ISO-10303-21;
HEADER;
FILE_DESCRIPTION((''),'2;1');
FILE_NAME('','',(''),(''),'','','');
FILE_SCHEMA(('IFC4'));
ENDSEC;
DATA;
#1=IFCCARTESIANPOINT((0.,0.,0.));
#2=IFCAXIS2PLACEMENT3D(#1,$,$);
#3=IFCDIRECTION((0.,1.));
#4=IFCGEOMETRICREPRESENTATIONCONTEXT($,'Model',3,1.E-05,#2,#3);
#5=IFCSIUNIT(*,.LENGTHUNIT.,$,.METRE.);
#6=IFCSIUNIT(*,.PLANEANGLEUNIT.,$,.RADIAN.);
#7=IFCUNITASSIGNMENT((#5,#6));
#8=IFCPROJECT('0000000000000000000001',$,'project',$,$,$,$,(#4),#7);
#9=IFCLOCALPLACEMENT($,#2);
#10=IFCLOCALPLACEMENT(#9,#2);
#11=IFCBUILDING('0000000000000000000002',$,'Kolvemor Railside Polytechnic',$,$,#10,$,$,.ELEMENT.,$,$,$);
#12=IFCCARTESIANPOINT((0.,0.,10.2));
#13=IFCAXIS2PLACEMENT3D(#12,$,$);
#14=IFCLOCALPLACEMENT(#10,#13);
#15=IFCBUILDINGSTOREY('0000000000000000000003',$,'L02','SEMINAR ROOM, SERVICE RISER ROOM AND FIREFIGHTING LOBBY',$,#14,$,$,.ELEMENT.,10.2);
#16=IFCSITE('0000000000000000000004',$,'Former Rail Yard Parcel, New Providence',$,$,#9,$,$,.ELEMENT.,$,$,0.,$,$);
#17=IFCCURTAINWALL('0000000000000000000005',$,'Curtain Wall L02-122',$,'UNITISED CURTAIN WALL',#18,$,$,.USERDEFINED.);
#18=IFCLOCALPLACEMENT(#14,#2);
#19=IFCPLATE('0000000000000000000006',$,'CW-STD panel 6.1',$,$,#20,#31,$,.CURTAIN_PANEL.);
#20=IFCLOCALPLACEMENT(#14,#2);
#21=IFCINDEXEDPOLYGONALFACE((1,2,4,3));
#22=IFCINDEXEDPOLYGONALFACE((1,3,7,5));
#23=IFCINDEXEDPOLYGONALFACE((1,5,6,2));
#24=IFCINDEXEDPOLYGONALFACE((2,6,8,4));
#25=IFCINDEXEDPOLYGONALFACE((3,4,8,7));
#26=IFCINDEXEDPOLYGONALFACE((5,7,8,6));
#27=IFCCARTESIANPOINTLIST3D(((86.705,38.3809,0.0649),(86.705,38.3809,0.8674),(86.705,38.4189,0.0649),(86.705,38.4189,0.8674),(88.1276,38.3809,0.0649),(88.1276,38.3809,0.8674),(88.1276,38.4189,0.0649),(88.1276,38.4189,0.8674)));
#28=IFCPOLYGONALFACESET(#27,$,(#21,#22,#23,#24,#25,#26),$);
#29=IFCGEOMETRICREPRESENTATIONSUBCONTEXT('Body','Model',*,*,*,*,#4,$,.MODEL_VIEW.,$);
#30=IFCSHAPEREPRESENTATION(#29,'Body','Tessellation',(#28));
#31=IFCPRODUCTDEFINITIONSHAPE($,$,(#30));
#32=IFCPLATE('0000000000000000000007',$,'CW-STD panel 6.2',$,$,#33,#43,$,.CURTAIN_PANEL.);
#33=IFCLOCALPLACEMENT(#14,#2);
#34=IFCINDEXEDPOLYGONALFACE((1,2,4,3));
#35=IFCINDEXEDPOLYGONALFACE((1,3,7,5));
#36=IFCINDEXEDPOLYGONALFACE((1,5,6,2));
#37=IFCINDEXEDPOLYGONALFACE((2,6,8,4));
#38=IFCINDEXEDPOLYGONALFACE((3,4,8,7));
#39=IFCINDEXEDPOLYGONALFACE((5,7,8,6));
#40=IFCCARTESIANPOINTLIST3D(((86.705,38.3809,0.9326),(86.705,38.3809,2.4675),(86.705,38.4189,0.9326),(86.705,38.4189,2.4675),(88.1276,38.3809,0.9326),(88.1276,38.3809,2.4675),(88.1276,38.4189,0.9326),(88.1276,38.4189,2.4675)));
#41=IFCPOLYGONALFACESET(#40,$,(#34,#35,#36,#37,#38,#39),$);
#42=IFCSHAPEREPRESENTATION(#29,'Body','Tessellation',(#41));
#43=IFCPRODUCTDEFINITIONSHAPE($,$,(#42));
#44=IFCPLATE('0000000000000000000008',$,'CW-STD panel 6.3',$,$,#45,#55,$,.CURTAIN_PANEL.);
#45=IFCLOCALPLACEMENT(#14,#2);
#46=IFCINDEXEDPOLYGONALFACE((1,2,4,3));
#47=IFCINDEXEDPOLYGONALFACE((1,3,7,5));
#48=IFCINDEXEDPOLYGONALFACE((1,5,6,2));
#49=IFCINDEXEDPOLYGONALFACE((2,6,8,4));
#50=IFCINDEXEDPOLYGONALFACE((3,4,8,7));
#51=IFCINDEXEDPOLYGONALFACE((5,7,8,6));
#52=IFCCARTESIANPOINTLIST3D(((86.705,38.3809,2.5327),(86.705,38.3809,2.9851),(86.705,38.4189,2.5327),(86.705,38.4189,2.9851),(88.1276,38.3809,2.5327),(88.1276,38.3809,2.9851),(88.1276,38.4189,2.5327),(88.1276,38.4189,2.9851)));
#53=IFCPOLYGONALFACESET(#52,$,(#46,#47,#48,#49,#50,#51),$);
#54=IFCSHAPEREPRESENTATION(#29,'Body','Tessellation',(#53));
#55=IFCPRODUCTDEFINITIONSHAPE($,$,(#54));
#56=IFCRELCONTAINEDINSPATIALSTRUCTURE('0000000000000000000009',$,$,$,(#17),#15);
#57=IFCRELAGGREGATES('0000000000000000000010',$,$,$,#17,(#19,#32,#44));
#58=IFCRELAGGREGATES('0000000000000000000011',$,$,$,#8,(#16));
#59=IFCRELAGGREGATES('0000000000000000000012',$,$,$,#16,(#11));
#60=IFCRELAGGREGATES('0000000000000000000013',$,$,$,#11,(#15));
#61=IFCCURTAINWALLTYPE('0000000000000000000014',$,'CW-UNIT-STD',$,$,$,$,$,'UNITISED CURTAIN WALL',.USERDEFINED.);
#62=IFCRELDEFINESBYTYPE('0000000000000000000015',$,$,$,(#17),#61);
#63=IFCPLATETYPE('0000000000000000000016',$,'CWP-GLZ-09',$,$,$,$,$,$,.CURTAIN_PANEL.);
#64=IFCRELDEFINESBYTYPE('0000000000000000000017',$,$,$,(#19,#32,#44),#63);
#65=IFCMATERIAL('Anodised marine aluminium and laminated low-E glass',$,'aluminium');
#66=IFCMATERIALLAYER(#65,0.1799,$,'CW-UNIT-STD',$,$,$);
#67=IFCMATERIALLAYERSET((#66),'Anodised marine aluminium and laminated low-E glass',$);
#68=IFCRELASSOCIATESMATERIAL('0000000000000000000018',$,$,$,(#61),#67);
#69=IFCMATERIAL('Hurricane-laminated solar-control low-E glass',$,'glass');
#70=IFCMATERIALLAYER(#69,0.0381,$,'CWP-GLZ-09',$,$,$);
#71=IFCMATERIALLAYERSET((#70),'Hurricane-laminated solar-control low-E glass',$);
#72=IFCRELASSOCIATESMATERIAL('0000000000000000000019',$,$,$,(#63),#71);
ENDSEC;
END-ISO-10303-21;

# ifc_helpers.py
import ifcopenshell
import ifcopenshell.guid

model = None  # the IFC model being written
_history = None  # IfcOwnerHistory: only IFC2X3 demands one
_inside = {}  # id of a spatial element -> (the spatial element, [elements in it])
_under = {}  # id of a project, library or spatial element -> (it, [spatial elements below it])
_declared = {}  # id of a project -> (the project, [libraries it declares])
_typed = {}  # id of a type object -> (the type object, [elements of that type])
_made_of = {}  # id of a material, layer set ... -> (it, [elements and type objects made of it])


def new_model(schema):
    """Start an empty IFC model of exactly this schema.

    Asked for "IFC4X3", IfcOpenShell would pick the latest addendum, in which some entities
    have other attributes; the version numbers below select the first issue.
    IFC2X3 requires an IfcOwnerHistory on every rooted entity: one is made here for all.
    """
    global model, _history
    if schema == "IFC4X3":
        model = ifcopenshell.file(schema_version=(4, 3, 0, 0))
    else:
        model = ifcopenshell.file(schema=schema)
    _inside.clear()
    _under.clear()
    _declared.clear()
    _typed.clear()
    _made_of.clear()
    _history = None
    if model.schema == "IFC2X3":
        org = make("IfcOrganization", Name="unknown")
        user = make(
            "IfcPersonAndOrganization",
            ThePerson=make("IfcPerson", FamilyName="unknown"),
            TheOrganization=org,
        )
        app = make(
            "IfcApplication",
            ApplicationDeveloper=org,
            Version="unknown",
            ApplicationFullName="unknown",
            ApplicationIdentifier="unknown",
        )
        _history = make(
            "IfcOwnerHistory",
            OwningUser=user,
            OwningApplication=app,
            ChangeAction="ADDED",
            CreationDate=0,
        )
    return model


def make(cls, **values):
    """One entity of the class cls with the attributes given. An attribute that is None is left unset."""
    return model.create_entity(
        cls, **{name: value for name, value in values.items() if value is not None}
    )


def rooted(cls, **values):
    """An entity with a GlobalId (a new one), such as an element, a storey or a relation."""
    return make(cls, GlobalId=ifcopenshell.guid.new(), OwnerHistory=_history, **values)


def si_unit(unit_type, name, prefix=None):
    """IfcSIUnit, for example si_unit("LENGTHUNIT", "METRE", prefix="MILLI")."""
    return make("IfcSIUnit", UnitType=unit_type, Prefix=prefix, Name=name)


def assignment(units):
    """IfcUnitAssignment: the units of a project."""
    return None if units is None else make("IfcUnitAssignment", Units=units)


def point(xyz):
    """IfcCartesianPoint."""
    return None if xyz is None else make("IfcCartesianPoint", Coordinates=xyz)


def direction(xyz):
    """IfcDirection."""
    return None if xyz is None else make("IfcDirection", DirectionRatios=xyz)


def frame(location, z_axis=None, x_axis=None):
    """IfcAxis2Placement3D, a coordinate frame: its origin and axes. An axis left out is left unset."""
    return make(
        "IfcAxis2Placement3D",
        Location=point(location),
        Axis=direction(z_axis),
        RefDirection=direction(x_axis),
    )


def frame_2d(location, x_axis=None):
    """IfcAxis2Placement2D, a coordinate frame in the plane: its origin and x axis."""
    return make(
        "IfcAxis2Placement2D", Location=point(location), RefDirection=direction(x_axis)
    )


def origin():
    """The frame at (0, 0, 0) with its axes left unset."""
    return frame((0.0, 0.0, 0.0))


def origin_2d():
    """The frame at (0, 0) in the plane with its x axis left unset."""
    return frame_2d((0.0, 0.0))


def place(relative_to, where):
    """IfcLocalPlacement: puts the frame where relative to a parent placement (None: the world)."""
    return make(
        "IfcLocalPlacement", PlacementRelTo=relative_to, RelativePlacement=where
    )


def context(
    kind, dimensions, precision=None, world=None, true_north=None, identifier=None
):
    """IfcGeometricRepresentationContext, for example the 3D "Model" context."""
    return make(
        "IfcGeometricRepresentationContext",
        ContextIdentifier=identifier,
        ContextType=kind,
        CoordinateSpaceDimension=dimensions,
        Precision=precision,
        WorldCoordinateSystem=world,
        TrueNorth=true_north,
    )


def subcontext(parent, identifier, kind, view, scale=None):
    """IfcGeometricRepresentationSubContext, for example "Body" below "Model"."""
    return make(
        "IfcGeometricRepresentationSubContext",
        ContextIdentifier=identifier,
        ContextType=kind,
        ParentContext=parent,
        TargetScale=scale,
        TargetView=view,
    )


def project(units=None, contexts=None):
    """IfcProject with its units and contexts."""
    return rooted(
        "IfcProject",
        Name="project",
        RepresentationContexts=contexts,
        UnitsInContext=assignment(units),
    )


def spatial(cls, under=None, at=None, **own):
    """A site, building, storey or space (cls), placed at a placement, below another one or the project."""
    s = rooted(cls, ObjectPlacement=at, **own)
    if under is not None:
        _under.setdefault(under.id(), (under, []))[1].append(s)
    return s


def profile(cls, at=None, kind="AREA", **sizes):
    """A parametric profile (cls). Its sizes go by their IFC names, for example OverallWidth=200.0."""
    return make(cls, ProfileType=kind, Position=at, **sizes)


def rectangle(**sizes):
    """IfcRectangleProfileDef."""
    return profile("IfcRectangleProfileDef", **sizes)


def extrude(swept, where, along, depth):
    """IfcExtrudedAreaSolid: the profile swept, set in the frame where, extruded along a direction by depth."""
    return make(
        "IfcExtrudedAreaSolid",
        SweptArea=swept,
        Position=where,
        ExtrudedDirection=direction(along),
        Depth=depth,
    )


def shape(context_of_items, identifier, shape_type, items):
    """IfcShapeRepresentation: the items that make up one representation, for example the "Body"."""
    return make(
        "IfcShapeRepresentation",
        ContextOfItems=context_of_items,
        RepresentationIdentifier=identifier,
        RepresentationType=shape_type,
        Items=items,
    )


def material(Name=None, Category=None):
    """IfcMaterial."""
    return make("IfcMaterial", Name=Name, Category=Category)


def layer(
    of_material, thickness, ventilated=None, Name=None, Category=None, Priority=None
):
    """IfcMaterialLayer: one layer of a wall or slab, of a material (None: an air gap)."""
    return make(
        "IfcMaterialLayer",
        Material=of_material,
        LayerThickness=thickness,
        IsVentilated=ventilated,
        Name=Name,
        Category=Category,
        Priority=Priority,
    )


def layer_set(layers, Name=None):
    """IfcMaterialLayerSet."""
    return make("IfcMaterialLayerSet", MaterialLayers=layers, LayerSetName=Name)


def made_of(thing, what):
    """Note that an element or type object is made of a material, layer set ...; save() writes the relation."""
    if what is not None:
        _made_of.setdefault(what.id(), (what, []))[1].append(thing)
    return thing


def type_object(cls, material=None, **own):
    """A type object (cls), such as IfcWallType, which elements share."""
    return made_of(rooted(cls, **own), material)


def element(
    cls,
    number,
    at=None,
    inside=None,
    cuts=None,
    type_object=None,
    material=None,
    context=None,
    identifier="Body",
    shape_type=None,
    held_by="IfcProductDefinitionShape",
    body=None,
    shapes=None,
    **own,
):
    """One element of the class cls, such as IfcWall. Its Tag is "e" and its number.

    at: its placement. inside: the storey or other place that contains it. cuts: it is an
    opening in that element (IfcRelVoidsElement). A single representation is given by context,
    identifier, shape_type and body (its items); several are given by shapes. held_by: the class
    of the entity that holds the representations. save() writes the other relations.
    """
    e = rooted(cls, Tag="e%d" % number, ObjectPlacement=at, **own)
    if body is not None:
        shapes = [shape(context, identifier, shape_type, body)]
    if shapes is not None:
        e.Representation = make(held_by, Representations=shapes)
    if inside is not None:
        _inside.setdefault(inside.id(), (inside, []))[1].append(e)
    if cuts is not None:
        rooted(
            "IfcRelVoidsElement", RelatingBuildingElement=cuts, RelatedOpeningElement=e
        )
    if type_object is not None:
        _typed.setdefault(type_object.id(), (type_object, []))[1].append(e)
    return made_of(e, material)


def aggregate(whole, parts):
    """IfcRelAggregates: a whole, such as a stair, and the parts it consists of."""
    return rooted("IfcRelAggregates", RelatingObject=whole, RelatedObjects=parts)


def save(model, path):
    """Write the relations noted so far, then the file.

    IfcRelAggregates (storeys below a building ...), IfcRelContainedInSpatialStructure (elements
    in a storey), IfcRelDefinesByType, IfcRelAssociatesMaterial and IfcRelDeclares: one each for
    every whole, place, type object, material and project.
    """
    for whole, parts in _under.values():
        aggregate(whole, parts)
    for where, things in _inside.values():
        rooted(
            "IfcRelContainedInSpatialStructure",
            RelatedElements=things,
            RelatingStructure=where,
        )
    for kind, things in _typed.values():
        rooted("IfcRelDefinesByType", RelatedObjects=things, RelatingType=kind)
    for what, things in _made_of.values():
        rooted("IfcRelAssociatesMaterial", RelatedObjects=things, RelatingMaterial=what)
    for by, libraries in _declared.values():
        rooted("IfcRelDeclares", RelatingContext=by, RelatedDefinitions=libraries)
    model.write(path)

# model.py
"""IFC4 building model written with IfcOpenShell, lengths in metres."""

from ifc_helpers import new_model, si_unit, direction, frame, origin, origin_2d, place, context, subcontext, project, spatial, rectangle, extrude, material, layer, layer_set, type_object, element, aggregate, save


model = new_model("IFC4")

# Units and contexts
model_context = context("Model", 3, precision=1e-05, world=origin(), true_north=direction((0.0, 1.0)))
body_context = subcontext(model_context, "Body", "Model", "MODEL_VIEW")
ifc_project = project(units=[si_unit("LENGTHUNIT", "METRE"), si_unit("PLANEANGLEUNIT", "RADIAN")], contexts=[model_context])

# Site, building, storey
site_placement = place(None, origin())
site = spatial("IfcSite", under=ifc_project, at=site_placement, Name="Former Rail Yard Parcel, New Providence", CompositionType="ELEMENT", RefElevation=0.0)
building_placement = place(site_placement, origin())
building = spatial("IfcBuilding", under=site, at=building_placement, Name="Kolvemor Railside Polytechnic", CompositionType="ELEMENT")
storey_placement = place(building_placement, frame((0.0, 0.0, 10.2)))
storey = spatial("IfcBuildingStorey", under=building, at=storey_placement, Name="L02", Description="SEMINAR ROOM, SERVICE RISER ROOM AND FIREFIGHTING LOBBY", CompositionType="ELEMENT", Elevation=10.2)

# Curtain wall
ifc_material_1 = material(Name="Anodised marine aluminium and laminated low-E glass", Category="aluminium")
ifc_layer_1 = layer(ifc_material_1, 0.1799, Name="CW-UNIT-STD")
ifc_layer_set_1 = layer_set([ifc_layer_1], Name="Anodised marine aluminium and laminated low-E glass")
curtain_wall_type = type_object("IfcCurtainWallType", Name="CW-UNIT-STD", ElementType="UNITISED CURTAIN WALL", PredefinedType="USERDEFINED", material=ifc_layer_set_1)
curtain_wall_1_placement = place(storey_placement, origin())
curtain_wall_1 = element("IfcCurtainWall", 1, at=curtain_wall_1_placement, inside=storey, type_object=curtain_wall_type, Name="Curtain Wall L02-122", ObjectType="UNITISED CURTAIN WALL", PredefinedType="USERDEFINED")

# Plates
ifc_material_2 = material(Name="Hurricane-laminated solar-control low-E glass", Category="glass")
ifc_layer_2 = layer(ifc_material_2, 0.0381, Name="CWP-GLZ-09")
ifc_layer_set_2 = layer_set([ifc_layer_2], Name="Hurricane-laminated solar-control low-E glass")
plate_type_1 = type_object("IfcPlateType", Name="CWP-GLZ-09", PredefinedType="CURTAIN_PANEL", material=ifc_layer_set_2)
plate_1_placement = place(storey_placement, frame((87.4163, 38.3999, 0.0649), z_axis=(0.0, 0.0, 1.0), x_axis=(-1.0, 0.0, 0.0)))
plate_1 = element("IfcPlate", 2, at=plate_1_placement, type_object=plate_type_1, Name="CW-STD panel 6.1", PredefinedType="CURTAIN_PANEL", context=body_context, shape_type="SweptSolid", body=[
    extrude(rectangle(XDim=1.4226, YDim=0.0381, at=origin_2d()), origin(), (0.0, 0.0, 1.0), 0.8025),
])
plate_2_placement = place(storey_placement, frame((87.4163, 38.3999, 0.9326), z_axis=(0.0, 0.0, 1.0), x_axis=(-1.0, 0.0, 0.0)))
plate_2 = element("IfcPlate", 3, at=plate_2_placement, type_object=plate_type_1, Name="CW-STD panel 6.2", PredefinedType="CURTAIN_PANEL", context=body_context, shape_type="SweptSolid", body=[
    extrude(rectangle(XDim=1.4226, YDim=0.0381, at=origin_2d()), origin(), (0.0, 0.0, 1.0), 1.5349),
])
plate_3_placement = place(storey_placement, frame((87.4163, 38.3999, 2.5327), z_axis=(0.0, 0.0, 1.0), x_axis=(-1.0, 0.0, 0.0)))
plate_3 = element("IfcPlate", 4, at=plate_3_placement, type_object=plate_type_1, Name="CW-STD panel 6.3", PredefinedType="CURTAIN_PANEL", context=body_context, shape_type="SweptSolid", body=[
    extrude(rectangle(XDim=1.4226, YDim=0.0381, at=origin_2d()), origin(), (0.0, 0.0, 1.0), 0.4524),
])
aggregate(curtain_wall_1, [plate_1, plate_2, plate_3])

save(model, "model.ifc")
